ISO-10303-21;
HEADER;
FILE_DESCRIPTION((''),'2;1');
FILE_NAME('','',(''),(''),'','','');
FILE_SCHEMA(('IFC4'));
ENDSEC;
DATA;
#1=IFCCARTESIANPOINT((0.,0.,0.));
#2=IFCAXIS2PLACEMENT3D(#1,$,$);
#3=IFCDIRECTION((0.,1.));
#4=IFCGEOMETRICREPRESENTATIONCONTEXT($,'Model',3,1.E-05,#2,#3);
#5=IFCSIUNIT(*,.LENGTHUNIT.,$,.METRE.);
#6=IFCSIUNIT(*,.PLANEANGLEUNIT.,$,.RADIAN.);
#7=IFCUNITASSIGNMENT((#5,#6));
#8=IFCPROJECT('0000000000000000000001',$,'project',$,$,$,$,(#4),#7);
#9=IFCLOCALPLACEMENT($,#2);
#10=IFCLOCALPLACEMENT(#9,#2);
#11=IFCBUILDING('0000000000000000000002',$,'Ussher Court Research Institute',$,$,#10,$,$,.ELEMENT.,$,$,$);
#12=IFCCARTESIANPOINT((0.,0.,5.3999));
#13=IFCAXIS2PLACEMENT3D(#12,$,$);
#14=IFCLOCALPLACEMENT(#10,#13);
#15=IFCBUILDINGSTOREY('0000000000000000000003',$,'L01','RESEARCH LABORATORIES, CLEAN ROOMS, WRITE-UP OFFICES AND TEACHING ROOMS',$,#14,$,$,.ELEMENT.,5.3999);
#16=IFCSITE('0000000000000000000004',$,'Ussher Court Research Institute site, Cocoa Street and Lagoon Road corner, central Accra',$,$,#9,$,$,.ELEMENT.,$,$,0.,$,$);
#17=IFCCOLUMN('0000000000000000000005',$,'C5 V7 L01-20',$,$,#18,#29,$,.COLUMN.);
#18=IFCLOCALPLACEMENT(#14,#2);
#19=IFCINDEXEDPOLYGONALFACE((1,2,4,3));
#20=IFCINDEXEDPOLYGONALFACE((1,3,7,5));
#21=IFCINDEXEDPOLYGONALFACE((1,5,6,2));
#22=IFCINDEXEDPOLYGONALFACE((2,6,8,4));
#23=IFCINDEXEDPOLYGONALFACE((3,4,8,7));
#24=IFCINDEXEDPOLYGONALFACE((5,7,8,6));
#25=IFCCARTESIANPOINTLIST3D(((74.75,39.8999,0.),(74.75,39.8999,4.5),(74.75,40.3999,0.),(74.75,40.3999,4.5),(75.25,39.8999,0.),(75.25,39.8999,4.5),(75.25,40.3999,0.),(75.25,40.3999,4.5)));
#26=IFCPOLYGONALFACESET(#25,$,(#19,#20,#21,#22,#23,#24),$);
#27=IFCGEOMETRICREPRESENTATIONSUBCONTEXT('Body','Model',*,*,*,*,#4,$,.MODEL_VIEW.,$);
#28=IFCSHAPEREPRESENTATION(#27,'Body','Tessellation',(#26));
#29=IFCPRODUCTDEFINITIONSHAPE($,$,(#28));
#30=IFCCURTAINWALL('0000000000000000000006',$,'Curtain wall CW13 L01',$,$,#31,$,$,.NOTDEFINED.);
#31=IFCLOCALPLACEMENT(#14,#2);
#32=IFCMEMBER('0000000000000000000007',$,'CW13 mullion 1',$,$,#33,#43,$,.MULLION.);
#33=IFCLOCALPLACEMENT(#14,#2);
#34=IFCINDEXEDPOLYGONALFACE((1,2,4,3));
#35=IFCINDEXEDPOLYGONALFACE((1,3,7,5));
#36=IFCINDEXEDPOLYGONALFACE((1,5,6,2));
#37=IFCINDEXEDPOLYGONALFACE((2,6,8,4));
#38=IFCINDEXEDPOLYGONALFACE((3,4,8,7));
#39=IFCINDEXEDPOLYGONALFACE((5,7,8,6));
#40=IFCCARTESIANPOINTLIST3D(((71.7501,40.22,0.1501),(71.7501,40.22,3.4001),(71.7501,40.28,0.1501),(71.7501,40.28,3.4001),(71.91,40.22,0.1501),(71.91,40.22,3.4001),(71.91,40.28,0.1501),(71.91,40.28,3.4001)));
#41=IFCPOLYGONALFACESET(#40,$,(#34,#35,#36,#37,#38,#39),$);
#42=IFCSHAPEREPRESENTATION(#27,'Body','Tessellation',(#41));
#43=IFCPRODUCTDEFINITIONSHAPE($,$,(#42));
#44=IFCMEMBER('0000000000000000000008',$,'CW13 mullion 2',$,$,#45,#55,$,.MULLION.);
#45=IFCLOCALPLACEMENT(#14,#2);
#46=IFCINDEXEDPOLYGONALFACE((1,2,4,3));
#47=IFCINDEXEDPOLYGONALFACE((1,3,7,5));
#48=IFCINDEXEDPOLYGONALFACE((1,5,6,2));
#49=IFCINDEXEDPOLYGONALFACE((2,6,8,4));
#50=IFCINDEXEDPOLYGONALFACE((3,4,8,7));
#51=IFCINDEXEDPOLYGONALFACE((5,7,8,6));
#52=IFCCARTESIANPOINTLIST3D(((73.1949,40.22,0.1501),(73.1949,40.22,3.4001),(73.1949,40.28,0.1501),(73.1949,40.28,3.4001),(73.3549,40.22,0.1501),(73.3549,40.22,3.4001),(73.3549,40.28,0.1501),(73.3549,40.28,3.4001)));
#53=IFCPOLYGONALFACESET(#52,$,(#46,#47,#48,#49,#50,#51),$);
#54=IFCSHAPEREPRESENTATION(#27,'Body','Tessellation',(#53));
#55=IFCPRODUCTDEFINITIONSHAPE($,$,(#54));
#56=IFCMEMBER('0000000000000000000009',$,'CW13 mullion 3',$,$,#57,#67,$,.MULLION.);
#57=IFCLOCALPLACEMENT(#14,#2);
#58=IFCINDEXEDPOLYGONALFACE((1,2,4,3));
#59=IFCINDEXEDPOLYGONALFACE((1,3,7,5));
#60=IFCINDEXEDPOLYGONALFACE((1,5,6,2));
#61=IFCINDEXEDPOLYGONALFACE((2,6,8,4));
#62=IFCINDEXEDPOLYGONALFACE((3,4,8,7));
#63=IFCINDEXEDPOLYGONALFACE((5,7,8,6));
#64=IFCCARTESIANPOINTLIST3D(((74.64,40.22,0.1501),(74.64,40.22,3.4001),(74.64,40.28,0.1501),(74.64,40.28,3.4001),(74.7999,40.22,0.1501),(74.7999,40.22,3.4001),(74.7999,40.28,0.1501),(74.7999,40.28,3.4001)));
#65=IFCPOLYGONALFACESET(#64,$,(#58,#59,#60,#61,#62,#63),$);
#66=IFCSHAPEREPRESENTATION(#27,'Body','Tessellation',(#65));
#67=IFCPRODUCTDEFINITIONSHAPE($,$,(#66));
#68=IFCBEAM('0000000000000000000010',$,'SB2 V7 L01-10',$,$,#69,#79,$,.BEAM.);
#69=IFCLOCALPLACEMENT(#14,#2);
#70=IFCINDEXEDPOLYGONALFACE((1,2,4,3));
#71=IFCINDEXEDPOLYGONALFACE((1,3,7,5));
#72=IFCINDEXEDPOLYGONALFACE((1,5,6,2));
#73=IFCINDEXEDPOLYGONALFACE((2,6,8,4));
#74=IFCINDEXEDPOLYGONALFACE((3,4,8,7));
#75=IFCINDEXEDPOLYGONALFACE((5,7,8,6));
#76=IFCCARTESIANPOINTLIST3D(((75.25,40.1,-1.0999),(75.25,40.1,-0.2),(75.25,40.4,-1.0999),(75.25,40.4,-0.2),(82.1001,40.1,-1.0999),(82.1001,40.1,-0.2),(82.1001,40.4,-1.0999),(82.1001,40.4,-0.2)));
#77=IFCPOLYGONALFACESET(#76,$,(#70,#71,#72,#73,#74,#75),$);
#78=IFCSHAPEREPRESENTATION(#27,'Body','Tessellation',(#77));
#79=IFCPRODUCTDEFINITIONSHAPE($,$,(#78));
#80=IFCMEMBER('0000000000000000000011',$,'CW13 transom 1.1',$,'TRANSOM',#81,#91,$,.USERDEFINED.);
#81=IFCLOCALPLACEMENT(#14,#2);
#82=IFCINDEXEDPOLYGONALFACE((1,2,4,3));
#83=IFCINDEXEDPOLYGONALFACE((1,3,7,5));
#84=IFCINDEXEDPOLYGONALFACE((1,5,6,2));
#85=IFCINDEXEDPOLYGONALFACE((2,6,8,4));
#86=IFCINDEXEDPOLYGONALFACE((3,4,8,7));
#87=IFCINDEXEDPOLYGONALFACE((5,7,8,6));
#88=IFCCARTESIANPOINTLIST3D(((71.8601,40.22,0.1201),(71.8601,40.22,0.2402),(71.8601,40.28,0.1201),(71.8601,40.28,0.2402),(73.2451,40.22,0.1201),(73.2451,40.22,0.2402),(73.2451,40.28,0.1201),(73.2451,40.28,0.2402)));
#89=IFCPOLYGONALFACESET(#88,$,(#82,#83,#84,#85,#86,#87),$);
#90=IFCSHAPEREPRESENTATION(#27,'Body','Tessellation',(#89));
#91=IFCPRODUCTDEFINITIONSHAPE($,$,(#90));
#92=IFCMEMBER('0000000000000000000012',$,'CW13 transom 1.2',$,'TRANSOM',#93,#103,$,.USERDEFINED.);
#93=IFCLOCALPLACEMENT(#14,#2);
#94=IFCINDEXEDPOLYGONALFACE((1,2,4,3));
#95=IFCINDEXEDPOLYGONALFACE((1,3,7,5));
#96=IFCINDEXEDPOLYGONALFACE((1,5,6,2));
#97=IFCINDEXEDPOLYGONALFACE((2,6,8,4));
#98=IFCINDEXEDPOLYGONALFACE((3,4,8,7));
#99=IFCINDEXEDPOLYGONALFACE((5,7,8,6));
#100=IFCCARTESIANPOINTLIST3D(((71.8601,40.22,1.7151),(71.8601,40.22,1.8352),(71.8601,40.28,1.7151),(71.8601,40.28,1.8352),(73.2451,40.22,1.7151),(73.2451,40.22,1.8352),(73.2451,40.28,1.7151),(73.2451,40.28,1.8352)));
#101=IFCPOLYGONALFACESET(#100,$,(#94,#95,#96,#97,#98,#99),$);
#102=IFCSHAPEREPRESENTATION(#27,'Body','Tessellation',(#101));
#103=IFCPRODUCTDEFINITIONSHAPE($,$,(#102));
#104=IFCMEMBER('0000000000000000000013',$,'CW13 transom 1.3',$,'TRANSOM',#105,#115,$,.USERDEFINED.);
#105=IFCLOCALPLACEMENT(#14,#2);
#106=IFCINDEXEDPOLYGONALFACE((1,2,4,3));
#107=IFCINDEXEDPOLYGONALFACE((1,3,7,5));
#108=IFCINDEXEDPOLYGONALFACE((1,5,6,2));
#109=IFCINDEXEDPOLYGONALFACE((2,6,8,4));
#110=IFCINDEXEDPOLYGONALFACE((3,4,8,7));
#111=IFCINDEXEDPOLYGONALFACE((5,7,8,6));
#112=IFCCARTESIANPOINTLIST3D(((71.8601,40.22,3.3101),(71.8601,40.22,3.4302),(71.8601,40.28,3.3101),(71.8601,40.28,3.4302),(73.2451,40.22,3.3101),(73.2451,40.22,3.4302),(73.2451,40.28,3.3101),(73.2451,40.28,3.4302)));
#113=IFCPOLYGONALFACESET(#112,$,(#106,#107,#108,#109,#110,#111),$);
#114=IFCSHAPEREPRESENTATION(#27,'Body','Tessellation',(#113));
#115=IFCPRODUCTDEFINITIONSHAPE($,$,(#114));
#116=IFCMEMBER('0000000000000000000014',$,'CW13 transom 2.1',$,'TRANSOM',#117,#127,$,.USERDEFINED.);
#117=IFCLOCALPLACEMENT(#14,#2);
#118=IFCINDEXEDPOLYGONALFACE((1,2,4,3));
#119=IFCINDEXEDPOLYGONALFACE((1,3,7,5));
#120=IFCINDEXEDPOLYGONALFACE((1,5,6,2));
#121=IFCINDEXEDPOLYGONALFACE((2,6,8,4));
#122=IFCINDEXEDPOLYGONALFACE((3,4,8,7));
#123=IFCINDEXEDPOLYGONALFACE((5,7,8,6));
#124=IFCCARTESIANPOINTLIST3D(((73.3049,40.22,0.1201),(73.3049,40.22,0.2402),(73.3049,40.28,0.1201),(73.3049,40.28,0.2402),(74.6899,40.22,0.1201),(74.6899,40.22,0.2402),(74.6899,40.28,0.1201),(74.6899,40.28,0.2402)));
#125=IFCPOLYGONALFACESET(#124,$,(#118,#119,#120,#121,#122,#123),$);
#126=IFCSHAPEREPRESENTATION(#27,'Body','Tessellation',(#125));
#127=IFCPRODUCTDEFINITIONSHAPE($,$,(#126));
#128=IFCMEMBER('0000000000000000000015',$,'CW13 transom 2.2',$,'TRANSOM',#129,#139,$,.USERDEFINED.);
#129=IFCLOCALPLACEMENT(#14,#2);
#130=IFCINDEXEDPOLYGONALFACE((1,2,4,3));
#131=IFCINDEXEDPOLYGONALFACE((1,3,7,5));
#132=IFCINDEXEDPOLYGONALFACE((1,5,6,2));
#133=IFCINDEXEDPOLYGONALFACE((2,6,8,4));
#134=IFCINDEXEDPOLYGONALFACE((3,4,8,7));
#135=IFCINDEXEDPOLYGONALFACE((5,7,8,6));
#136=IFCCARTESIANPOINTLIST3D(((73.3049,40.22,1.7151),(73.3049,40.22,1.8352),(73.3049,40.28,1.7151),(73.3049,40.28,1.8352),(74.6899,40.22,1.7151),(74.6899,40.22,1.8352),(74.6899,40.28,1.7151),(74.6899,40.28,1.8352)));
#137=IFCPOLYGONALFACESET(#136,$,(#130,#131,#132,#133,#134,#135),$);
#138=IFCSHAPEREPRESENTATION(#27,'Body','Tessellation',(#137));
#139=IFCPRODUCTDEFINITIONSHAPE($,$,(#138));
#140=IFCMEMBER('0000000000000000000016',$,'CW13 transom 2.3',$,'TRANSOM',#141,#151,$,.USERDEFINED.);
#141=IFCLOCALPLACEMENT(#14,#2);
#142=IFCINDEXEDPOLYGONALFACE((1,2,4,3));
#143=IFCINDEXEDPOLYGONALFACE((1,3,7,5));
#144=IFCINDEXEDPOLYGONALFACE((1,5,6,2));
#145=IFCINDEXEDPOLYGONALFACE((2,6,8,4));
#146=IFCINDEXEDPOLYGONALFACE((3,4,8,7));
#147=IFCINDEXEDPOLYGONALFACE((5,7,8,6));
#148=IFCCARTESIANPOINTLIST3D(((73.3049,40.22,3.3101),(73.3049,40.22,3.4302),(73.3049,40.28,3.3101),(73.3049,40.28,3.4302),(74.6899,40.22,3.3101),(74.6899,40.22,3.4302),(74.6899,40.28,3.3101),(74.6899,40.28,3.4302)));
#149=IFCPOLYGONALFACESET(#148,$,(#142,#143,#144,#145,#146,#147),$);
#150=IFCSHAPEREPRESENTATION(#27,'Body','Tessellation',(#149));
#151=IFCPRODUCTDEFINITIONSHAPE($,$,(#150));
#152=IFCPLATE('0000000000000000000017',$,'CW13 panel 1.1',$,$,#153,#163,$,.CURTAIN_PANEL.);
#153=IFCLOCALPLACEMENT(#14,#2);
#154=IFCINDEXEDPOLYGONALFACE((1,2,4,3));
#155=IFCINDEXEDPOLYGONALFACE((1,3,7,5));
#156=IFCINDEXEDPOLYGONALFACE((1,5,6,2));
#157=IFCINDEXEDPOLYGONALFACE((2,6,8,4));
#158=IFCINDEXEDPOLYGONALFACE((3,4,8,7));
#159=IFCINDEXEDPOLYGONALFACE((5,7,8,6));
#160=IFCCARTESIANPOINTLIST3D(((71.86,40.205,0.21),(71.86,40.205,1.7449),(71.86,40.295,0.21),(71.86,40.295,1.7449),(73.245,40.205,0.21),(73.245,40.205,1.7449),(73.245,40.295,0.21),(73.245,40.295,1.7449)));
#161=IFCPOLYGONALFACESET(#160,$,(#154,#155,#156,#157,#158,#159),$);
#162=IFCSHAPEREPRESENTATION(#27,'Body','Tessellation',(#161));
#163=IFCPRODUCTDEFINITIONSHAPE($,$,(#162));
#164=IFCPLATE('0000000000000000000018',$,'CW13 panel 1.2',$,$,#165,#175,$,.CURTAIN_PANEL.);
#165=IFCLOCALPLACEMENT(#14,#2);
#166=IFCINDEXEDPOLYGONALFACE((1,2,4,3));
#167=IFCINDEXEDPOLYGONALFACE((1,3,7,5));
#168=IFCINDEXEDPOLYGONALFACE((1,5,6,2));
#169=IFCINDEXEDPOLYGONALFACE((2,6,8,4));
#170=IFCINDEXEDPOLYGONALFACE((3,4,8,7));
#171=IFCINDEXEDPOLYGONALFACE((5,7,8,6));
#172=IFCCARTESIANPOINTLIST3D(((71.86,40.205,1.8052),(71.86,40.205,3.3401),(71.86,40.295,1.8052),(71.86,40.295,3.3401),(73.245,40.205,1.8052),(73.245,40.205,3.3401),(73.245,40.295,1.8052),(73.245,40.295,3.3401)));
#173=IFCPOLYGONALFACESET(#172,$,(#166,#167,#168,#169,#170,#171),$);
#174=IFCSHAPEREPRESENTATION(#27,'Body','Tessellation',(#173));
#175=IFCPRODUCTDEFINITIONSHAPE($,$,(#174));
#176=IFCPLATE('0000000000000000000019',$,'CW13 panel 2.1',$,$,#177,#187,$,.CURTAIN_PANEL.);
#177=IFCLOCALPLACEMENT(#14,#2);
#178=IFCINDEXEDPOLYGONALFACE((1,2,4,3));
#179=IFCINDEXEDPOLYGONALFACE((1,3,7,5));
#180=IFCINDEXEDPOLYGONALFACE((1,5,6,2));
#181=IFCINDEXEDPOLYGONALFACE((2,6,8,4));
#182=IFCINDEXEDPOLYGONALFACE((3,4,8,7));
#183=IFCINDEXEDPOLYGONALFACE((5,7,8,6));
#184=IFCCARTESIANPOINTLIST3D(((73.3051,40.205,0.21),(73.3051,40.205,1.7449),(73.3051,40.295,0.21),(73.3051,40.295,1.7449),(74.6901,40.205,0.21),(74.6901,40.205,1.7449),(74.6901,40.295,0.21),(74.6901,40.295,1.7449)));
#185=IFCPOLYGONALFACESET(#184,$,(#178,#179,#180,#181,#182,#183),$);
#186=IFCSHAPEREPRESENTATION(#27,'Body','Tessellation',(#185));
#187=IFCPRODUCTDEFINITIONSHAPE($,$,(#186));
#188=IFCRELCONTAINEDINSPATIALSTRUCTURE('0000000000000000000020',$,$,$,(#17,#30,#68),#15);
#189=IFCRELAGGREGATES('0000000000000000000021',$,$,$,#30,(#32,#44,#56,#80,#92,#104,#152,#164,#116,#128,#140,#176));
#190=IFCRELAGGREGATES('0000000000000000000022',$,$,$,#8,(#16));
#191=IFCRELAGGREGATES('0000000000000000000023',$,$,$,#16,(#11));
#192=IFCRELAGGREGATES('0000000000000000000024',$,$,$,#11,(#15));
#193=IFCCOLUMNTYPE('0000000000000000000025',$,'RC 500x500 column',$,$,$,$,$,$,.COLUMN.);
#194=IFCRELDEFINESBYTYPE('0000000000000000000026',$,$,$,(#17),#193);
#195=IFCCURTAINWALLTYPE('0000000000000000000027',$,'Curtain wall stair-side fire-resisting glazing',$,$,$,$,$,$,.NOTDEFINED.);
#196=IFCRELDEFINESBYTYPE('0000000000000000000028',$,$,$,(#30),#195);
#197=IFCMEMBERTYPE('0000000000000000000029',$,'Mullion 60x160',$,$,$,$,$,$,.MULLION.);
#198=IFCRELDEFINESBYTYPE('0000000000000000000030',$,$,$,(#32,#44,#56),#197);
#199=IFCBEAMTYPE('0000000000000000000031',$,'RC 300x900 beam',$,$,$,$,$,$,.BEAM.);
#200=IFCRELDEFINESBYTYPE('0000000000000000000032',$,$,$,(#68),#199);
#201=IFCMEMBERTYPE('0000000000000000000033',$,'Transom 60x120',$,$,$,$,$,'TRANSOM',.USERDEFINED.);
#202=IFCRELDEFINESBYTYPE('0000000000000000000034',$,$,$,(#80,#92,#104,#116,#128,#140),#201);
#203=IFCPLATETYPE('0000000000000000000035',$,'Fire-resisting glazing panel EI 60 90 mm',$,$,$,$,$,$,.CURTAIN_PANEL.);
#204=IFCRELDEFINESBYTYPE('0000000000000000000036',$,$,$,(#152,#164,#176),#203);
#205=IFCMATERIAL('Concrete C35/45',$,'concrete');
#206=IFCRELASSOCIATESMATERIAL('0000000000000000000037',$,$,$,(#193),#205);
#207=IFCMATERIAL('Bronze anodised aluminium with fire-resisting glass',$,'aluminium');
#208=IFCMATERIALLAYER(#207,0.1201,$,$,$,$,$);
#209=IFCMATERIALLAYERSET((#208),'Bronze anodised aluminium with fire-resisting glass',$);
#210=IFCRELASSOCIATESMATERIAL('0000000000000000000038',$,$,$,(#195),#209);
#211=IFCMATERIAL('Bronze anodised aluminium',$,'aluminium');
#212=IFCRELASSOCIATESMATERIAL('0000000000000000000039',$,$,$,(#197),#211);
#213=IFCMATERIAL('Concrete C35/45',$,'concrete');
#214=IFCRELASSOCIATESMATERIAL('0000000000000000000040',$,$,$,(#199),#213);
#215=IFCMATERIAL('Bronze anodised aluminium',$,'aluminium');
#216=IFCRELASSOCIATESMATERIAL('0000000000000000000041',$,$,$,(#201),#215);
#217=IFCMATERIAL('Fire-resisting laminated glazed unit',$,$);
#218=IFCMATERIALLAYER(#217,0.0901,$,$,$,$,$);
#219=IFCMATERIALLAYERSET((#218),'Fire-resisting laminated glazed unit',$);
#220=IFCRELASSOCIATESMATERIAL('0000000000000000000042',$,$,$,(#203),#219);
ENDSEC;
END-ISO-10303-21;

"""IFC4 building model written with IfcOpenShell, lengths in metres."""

from ifc_helpers import new_model, si_unit, direction, frame, origin, origin_2d, place, context, subcontext, project, spatial, rectangle, extrude, material, layer, layer_set, material_profile, profile_set, type_object, element, aggregate, save


model = new_model("IFC4")

# Units and contexts
model_context = context("Model", 3, precision=1e-05, world=origin(), true_north=direction((0.0, 1.0)))
body_context = subcontext(model_context, "Body", "Model", "MODEL_VIEW")
ifc_project = project(units=[si_unit("LENGTHUNIT", "METRE"), si_unit("PLANEANGLEUNIT", "RADIAN")], contexts=[model_context])

# Site, building, storey
site_placement = place(None, origin())
site = spatial("IfcSite", under=ifc_project, at=site_placement, Name="Ussher Court Research Institute site, Cocoa Street and Lagoon Road corner, central Accra", CompositionType="ELEMENT", RefElevation=0.0)
building_placement = place(site_placement, origin())
building = spatial("IfcBuilding", under=site, at=building_placement, Name="Ussher Court Research Institute", CompositionType="ELEMENT")
storey_placement = place(building_placement, frame((0.0, 0.0, 5.3999)))
storey = spatial("IfcBuildingStorey", under=building, at=storey_placement, Name="L01", Description="RESEARCH LABORATORIES, CLEAN ROOMS, WRITE-UP OFFICES AND TEACHING ROOMS", CompositionType="ELEMENT", Elevation=5.3999)

# Column
ifc_material_1 = material(Name="Concrete C35/45", Category="concrete")
ifc_material_profile_1 = material_profile(ifc_material_1, rectangle(XDim=0.5, YDim=0.5, at=origin_2d()), Name="RC 500x500")
ifc_profile_set_1 = profile_set([ifc_material_profile_1], Name="Concrete C35/45")
column_type = type_object("IfcColumnType", Name="RC 500x500 column", PredefinedType="COLUMN", material=ifc_profile_set_1)
column_placement = place(storey_placement, frame((75.0, 40.1499, 0.0), z_axis=(0.0, 0.0, 1.0), x_axis=(1.0, 0.0, 0.0)))
element("IfcColumn", 1, at=column_placement, inside=storey, type_object=column_type, Name="C5 V7 L01-20", PredefinedType="COLUMN", context=body_context, shape_type="SweptSolid", body=[
    extrude(rectangle(XDim=0.5, YDim=0.5, at=origin_2d()), origin(), (0.0, 0.0, 1.0), 4.5),
])

# Curtain wall, members
ifc_material_2 = material(Name="Bronze anodised aluminium with fire-resisting glass", Category="aluminium")
ifc_layer_1 = layer(ifc_material_2, 0.1201)
ifc_layer_set_1 = layer_set([ifc_layer_1], Name="Bronze anodised aluminium with fire-resisting glass")
curtain_wall_type = type_object("IfcCurtainWallType", Name="Curtain wall stair-side fire-resisting glazing", PredefinedType="NOTDEFINED", material=ifc_layer_set_1)
curtain_wall_placement = place(storey_placement, origin())
curtain_wall = element("IfcCurtainWall", 2, at=curtain_wall_placement, inside=storey, type_object=curtain_wall_type, Name="Curtain wall CW13 L01", PredefinedType="NOTDEFINED")
ifc_material_3 = material(Name="Bronze anodised aluminium", Category="aluminium")
ifc_material_profile_2 = material_profile(ifc_material_3, rectangle(XDim=0.0601, YDim=0.1599, at=origin_2d()), Name="Mullion 60x160")
ifc_profile_set_2 = profile_set([ifc_material_profile_2], Name="Bronze anodised aluminium")
member_type_1 = type_object("IfcMemberType", Name="Mullion 60x160", PredefinedType="MULLION", material=ifc_profile_set_2)
member_1_placement = place(storey_placement, frame((71.8301, 40.25, 0.1501), z_axis=(0.0, 0.0, 1.0), x_axis=(0.0, 1.0, 0.0)))
member_1 = element("IfcMember", 3, at=member_1_placement, type_object=member_type_1, Name="CW13 mullion 1", PredefinedType="MULLION", context=body_context, shape_type="SweptSolid", body=[
    extrude(rectangle(XDim=0.0601, YDim=0.1599, at=origin_2d()), origin(), (0.0, 0.0, 1.0), 3.25),
])
member_2_placement = place(storey_placement, frame((73.2749, 40.25, 0.1501), z_axis=(0.0, 0.0, 1.0), x_axis=(0.0, 1.0, 0.0)))
member_2 = element("IfcMember", 4, at=member_2_placement, type_object=member_type_1, Name="CW13 mullion 2", PredefinedType="MULLION", context=body_context, shape_type="SweptSolid", body=[
    extrude(rectangle(XDim=0.0601, YDim=0.1599, at=origin_2d()), origin(), (0.0, 0.0, 1.0), 3.25),
])
member_3_placement = place(storey_placement, frame((74.72, 40.25, 0.1501), z_axis=(0.0, 0.0, 1.0), x_axis=(0.0, 1.0, 0.0)))
member_3 = element("IfcMember", 5, at=member_3_placement, type_object=member_type_1, Name="CW13 mullion 3", PredefinedType="MULLION", context=body_context, shape_type="SweptSolid", body=[
    extrude(rectangle(XDim=0.0601, YDim=0.1599, at=origin_2d()), origin(), (0.0, 0.0, 1.0), 3.25),
])

# Beam
ifc_material_4 = material(Name="Concrete C35/45", Category="concrete")
ifc_material_profile_3 = material_profile(ifc_material_4, rectangle(XDim=0.3, YDim=0.8999, at=origin_2d()), Name="RC 300x900")
ifc_profile_set_3 = profile_set([ifc_material_profile_3], Name="Concrete C35/45")
beam_type = type_object("IfcBeamType", Name="RC 300x900 beam", PredefinedType="BEAM", material=ifc_profile_set_3)
beam_placement = place(storey_placement, frame((75.25, 40.25, -0.6499), z_axis=(1.0, 0.0, 0.0), x_axis=(0.0, 1.0, 0.0)))
element("IfcBeam", 6, at=beam_placement, inside=storey, type_object=beam_type, Name="SB2 V7 L01-10", PredefinedType="BEAM", context=body_context, shape_type="SweptSolid", body=[
    extrude(rectangle(XDim=0.3, YDim=0.8999, at=origin_2d()), origin(), (0.0, 0.0, 1.0), 6.8501),
])

# Members
ifc_material_5 = material(Name="Bronze anodised aluminium", Category="aluminium")
ifc_material_profile_4 = material_profile(ifc_material_5, rectangle(XDim=0.0601, YDim=0.1201, at=origin_2d()), Name="Transom 60x120")
ifc_profile_set_4 = profile_set([ifc_material_profile_4], Name="Bronze anodised aluminium")
member_type_2 = type_object("IfcMemberType", Name="Transom 60x120", ElementType="TRANSOM", PredefinedType="USERDEFINED", material=ifc_profile_set_4)
member_4_placement = place(storey_placement, frame((71.8601, 40.25, 0.1802), z_axis=(1.0, 0.0, 0.0), x_axis=(0.0, 1.0, 0.0)))
member_4 = element("IfcMember", 7, at=member_4_placement, type_object=member_type_2, Name="CW13 transom 1.1", ObjectType="TRANSOM", PredefinedType="USERDEFINED", context=body_context, shape_type="SweptSolid", body=[
    extrude(rectangle(XDim=0.0601, YDim=0.1201, at=origin_2d()), origin(), (0.0, 0.0, 1.0), 1.385),
])
member_5_placement = place(storey_placement, frame((71.8601, 40.25, 1.7751), z_axis=(1.0, 0.0, 0.0), x_axis=(0.0, 1.0, 0.0)))
member_5 = element("IfcMember", 8, at=member_5_placement, type_object=member_type_2, Name="CW13 transom 1.2", ObjectType="TRANSOM", PredefinedType="USERDEFINED", context=body_context, shape_type="SweptSolid", body=[
    extrude(rectangle(XDim=0.0601, YDim=0.1201, at=origin_2d()), origin(), (0.0, 0.0, 1.0), 1.385),
])
member_6_placement = place(storey_placement, frame((71.8601, 40.25, 3.3701), z_axis=(1.0, 0.0, 0.0), x_axis=(0.0, 1.0, 0.0)))
member_6 = element("IfcMember", 9, at=member_6_placement, type_object=member_type_2, Name="CW13 transom 1.3", ObjectType="TRANSOM", PredefinedType="USERDEFINED", context=body_context, shape_type="SweptSolid", body=[
    extrude(rectangle(XDim=0.0601, YDim=0.1201, at=origin_2d()), origin(), (0.0, 0.0, 1.0), 1.385),
])
member_7_placement = place(storey_placement, frame((73.3049, 40.25, 0.1802), z_axis=(1.0, 0.0, 0.0), x_axis=(0.0, 1.0, 0.0)))
member_7 = element("IfcMember", 10, at=member_7_placement, type_object=member_type_2, Name="CW13 transom 2.1", ObjectType="TRANSOM", PredefinedType="USERDEFINED", context=body_context, shape_type="SweptSolid", body=[
    extrude(rectangle(XDim=0.0601, YDim=0.1201, at=origin_2d()), origin(), (0.0, 0.0, 1.0), 1.385),
])
member_8_placement = place(storey_placement, frame((73.3049, 40.25, 1.7751), z_axis=(1.0, 0.0, 0.0), x_axis=(0.0, 1.0, 0.0)))
member_8 = element("IfcMember", 11, at=member_8_placement, type_object=member_type_2, Name="CW13 transom 2.2", ObjectType="TRANSOM", PredefinedType="USERDEFINED", context=body_context, shape_type="SweptSolid", body=[
    extrude(rectangle(XDim=0.0601, YDim=0.1201, at=origin_2d()), origin(), (0.0, 0.0, 1.0), 1.385),
])
member_9_placement = place(storey_placement, frame((73.3049, 40.25, 3.3701), z_axis=(1.0, 0.0, 0.0), x_axis=(0.0, 1.0, 0.0)))
member_9 = element("IfcMember", 12, at=member_9_placement, type_object=member_type_2, Name="CW13 transom 2.3", ObjectType="TRANSOM", PredefinedType="USERDEFINED", context=body_context, shape_type="SweptSolid", body=[
    extrude(rectangle(XDim=0.0601, YDim=0.1201, at=origin_2d()), origin(), (0.0, 0.0, 1.0), 1.385),
])

# Plates
ifc_material_6 = material(Name="Fire-resisting laminated glazed unit")
ifc_layer_2 = layer(ifc_material_6, 0.0901)
ifc_layer_set_2 = layer_set([ifc_layer_2], Name="Fire-resisting laminated glazed unit")
plate_type = type_object("IfcPlateType", Name="Fire-resisting glazing panel EI 60 90 mm", PredefinedType="CURTAIN_PANEL", material=ifc_layer_set_2)
plate_1_placement = place(storey_placement, frame((72.5525, 40.25, 0.21), z_axis=(0.0, 0.0, 1.0), x_axis=(1.0, 0.0, 0.0)))
plate_1 = element("IfcPlate", 13, at=plate_1_placement, type_object=plate_type, Name="CW13 panel 1.1", PredefinedType="CURTAIN_PANEL", context=body_context, shape_type="SweptSolid", body=[
    extrude(rectangle(XDim=1.385, YDim=0.0901, at=origin_2d()), origin(), (0.0, 0.0, 1.0), 1.5349),
])
plate_2_placement = place(storey_placement, frame((72.5525, 40.25, 1.8052), z_axis=(0.0, 0.0, 1.0), x_axis=(1.0, 0.0, 0.0)))
plate_2 = element("IfcPlate", 14, at=plate_2_placement, type_object=plate_type, Name="CW13 panel 1.2", PredefinedType="CURTAIN_PANEL", context=body_context, shape_type="SweptSolid", body=[
    extrude(rectangle(XDim=1.385, YDim=0.0901, at=origin_2d()), origin(), (0.0, 0.0, 1.0), 1.5349),
])
plate_3_placement = place(storey_placement, frame((73.9976, 40.25, 0.21), z_axis=(0.0, 0.0, 1.0), x_axis=(1.0, 0.0, 0.0)))
plate_3 = element("IfcPlate", 15, at=plate_3_placement, type_object=plate_type, Name="CW13 panel 2.1", PredefinedType="CURTAIN_PANEL", context=body_context, shape_type="SweptSolid", body=[
    extrude(rectangle(XDim=1.385, YDim=0.0901, at=origin_2d()), origin(), (0.0, 0.0, 1.0), 1.5349),
])
aggregate(curtain_wall, [member_1, member_2, member_3, member_4, member_5, member_6, plate_1, plate_2, member_7, member_8, member_9, plate_3])

save(model, "model.ifc")
